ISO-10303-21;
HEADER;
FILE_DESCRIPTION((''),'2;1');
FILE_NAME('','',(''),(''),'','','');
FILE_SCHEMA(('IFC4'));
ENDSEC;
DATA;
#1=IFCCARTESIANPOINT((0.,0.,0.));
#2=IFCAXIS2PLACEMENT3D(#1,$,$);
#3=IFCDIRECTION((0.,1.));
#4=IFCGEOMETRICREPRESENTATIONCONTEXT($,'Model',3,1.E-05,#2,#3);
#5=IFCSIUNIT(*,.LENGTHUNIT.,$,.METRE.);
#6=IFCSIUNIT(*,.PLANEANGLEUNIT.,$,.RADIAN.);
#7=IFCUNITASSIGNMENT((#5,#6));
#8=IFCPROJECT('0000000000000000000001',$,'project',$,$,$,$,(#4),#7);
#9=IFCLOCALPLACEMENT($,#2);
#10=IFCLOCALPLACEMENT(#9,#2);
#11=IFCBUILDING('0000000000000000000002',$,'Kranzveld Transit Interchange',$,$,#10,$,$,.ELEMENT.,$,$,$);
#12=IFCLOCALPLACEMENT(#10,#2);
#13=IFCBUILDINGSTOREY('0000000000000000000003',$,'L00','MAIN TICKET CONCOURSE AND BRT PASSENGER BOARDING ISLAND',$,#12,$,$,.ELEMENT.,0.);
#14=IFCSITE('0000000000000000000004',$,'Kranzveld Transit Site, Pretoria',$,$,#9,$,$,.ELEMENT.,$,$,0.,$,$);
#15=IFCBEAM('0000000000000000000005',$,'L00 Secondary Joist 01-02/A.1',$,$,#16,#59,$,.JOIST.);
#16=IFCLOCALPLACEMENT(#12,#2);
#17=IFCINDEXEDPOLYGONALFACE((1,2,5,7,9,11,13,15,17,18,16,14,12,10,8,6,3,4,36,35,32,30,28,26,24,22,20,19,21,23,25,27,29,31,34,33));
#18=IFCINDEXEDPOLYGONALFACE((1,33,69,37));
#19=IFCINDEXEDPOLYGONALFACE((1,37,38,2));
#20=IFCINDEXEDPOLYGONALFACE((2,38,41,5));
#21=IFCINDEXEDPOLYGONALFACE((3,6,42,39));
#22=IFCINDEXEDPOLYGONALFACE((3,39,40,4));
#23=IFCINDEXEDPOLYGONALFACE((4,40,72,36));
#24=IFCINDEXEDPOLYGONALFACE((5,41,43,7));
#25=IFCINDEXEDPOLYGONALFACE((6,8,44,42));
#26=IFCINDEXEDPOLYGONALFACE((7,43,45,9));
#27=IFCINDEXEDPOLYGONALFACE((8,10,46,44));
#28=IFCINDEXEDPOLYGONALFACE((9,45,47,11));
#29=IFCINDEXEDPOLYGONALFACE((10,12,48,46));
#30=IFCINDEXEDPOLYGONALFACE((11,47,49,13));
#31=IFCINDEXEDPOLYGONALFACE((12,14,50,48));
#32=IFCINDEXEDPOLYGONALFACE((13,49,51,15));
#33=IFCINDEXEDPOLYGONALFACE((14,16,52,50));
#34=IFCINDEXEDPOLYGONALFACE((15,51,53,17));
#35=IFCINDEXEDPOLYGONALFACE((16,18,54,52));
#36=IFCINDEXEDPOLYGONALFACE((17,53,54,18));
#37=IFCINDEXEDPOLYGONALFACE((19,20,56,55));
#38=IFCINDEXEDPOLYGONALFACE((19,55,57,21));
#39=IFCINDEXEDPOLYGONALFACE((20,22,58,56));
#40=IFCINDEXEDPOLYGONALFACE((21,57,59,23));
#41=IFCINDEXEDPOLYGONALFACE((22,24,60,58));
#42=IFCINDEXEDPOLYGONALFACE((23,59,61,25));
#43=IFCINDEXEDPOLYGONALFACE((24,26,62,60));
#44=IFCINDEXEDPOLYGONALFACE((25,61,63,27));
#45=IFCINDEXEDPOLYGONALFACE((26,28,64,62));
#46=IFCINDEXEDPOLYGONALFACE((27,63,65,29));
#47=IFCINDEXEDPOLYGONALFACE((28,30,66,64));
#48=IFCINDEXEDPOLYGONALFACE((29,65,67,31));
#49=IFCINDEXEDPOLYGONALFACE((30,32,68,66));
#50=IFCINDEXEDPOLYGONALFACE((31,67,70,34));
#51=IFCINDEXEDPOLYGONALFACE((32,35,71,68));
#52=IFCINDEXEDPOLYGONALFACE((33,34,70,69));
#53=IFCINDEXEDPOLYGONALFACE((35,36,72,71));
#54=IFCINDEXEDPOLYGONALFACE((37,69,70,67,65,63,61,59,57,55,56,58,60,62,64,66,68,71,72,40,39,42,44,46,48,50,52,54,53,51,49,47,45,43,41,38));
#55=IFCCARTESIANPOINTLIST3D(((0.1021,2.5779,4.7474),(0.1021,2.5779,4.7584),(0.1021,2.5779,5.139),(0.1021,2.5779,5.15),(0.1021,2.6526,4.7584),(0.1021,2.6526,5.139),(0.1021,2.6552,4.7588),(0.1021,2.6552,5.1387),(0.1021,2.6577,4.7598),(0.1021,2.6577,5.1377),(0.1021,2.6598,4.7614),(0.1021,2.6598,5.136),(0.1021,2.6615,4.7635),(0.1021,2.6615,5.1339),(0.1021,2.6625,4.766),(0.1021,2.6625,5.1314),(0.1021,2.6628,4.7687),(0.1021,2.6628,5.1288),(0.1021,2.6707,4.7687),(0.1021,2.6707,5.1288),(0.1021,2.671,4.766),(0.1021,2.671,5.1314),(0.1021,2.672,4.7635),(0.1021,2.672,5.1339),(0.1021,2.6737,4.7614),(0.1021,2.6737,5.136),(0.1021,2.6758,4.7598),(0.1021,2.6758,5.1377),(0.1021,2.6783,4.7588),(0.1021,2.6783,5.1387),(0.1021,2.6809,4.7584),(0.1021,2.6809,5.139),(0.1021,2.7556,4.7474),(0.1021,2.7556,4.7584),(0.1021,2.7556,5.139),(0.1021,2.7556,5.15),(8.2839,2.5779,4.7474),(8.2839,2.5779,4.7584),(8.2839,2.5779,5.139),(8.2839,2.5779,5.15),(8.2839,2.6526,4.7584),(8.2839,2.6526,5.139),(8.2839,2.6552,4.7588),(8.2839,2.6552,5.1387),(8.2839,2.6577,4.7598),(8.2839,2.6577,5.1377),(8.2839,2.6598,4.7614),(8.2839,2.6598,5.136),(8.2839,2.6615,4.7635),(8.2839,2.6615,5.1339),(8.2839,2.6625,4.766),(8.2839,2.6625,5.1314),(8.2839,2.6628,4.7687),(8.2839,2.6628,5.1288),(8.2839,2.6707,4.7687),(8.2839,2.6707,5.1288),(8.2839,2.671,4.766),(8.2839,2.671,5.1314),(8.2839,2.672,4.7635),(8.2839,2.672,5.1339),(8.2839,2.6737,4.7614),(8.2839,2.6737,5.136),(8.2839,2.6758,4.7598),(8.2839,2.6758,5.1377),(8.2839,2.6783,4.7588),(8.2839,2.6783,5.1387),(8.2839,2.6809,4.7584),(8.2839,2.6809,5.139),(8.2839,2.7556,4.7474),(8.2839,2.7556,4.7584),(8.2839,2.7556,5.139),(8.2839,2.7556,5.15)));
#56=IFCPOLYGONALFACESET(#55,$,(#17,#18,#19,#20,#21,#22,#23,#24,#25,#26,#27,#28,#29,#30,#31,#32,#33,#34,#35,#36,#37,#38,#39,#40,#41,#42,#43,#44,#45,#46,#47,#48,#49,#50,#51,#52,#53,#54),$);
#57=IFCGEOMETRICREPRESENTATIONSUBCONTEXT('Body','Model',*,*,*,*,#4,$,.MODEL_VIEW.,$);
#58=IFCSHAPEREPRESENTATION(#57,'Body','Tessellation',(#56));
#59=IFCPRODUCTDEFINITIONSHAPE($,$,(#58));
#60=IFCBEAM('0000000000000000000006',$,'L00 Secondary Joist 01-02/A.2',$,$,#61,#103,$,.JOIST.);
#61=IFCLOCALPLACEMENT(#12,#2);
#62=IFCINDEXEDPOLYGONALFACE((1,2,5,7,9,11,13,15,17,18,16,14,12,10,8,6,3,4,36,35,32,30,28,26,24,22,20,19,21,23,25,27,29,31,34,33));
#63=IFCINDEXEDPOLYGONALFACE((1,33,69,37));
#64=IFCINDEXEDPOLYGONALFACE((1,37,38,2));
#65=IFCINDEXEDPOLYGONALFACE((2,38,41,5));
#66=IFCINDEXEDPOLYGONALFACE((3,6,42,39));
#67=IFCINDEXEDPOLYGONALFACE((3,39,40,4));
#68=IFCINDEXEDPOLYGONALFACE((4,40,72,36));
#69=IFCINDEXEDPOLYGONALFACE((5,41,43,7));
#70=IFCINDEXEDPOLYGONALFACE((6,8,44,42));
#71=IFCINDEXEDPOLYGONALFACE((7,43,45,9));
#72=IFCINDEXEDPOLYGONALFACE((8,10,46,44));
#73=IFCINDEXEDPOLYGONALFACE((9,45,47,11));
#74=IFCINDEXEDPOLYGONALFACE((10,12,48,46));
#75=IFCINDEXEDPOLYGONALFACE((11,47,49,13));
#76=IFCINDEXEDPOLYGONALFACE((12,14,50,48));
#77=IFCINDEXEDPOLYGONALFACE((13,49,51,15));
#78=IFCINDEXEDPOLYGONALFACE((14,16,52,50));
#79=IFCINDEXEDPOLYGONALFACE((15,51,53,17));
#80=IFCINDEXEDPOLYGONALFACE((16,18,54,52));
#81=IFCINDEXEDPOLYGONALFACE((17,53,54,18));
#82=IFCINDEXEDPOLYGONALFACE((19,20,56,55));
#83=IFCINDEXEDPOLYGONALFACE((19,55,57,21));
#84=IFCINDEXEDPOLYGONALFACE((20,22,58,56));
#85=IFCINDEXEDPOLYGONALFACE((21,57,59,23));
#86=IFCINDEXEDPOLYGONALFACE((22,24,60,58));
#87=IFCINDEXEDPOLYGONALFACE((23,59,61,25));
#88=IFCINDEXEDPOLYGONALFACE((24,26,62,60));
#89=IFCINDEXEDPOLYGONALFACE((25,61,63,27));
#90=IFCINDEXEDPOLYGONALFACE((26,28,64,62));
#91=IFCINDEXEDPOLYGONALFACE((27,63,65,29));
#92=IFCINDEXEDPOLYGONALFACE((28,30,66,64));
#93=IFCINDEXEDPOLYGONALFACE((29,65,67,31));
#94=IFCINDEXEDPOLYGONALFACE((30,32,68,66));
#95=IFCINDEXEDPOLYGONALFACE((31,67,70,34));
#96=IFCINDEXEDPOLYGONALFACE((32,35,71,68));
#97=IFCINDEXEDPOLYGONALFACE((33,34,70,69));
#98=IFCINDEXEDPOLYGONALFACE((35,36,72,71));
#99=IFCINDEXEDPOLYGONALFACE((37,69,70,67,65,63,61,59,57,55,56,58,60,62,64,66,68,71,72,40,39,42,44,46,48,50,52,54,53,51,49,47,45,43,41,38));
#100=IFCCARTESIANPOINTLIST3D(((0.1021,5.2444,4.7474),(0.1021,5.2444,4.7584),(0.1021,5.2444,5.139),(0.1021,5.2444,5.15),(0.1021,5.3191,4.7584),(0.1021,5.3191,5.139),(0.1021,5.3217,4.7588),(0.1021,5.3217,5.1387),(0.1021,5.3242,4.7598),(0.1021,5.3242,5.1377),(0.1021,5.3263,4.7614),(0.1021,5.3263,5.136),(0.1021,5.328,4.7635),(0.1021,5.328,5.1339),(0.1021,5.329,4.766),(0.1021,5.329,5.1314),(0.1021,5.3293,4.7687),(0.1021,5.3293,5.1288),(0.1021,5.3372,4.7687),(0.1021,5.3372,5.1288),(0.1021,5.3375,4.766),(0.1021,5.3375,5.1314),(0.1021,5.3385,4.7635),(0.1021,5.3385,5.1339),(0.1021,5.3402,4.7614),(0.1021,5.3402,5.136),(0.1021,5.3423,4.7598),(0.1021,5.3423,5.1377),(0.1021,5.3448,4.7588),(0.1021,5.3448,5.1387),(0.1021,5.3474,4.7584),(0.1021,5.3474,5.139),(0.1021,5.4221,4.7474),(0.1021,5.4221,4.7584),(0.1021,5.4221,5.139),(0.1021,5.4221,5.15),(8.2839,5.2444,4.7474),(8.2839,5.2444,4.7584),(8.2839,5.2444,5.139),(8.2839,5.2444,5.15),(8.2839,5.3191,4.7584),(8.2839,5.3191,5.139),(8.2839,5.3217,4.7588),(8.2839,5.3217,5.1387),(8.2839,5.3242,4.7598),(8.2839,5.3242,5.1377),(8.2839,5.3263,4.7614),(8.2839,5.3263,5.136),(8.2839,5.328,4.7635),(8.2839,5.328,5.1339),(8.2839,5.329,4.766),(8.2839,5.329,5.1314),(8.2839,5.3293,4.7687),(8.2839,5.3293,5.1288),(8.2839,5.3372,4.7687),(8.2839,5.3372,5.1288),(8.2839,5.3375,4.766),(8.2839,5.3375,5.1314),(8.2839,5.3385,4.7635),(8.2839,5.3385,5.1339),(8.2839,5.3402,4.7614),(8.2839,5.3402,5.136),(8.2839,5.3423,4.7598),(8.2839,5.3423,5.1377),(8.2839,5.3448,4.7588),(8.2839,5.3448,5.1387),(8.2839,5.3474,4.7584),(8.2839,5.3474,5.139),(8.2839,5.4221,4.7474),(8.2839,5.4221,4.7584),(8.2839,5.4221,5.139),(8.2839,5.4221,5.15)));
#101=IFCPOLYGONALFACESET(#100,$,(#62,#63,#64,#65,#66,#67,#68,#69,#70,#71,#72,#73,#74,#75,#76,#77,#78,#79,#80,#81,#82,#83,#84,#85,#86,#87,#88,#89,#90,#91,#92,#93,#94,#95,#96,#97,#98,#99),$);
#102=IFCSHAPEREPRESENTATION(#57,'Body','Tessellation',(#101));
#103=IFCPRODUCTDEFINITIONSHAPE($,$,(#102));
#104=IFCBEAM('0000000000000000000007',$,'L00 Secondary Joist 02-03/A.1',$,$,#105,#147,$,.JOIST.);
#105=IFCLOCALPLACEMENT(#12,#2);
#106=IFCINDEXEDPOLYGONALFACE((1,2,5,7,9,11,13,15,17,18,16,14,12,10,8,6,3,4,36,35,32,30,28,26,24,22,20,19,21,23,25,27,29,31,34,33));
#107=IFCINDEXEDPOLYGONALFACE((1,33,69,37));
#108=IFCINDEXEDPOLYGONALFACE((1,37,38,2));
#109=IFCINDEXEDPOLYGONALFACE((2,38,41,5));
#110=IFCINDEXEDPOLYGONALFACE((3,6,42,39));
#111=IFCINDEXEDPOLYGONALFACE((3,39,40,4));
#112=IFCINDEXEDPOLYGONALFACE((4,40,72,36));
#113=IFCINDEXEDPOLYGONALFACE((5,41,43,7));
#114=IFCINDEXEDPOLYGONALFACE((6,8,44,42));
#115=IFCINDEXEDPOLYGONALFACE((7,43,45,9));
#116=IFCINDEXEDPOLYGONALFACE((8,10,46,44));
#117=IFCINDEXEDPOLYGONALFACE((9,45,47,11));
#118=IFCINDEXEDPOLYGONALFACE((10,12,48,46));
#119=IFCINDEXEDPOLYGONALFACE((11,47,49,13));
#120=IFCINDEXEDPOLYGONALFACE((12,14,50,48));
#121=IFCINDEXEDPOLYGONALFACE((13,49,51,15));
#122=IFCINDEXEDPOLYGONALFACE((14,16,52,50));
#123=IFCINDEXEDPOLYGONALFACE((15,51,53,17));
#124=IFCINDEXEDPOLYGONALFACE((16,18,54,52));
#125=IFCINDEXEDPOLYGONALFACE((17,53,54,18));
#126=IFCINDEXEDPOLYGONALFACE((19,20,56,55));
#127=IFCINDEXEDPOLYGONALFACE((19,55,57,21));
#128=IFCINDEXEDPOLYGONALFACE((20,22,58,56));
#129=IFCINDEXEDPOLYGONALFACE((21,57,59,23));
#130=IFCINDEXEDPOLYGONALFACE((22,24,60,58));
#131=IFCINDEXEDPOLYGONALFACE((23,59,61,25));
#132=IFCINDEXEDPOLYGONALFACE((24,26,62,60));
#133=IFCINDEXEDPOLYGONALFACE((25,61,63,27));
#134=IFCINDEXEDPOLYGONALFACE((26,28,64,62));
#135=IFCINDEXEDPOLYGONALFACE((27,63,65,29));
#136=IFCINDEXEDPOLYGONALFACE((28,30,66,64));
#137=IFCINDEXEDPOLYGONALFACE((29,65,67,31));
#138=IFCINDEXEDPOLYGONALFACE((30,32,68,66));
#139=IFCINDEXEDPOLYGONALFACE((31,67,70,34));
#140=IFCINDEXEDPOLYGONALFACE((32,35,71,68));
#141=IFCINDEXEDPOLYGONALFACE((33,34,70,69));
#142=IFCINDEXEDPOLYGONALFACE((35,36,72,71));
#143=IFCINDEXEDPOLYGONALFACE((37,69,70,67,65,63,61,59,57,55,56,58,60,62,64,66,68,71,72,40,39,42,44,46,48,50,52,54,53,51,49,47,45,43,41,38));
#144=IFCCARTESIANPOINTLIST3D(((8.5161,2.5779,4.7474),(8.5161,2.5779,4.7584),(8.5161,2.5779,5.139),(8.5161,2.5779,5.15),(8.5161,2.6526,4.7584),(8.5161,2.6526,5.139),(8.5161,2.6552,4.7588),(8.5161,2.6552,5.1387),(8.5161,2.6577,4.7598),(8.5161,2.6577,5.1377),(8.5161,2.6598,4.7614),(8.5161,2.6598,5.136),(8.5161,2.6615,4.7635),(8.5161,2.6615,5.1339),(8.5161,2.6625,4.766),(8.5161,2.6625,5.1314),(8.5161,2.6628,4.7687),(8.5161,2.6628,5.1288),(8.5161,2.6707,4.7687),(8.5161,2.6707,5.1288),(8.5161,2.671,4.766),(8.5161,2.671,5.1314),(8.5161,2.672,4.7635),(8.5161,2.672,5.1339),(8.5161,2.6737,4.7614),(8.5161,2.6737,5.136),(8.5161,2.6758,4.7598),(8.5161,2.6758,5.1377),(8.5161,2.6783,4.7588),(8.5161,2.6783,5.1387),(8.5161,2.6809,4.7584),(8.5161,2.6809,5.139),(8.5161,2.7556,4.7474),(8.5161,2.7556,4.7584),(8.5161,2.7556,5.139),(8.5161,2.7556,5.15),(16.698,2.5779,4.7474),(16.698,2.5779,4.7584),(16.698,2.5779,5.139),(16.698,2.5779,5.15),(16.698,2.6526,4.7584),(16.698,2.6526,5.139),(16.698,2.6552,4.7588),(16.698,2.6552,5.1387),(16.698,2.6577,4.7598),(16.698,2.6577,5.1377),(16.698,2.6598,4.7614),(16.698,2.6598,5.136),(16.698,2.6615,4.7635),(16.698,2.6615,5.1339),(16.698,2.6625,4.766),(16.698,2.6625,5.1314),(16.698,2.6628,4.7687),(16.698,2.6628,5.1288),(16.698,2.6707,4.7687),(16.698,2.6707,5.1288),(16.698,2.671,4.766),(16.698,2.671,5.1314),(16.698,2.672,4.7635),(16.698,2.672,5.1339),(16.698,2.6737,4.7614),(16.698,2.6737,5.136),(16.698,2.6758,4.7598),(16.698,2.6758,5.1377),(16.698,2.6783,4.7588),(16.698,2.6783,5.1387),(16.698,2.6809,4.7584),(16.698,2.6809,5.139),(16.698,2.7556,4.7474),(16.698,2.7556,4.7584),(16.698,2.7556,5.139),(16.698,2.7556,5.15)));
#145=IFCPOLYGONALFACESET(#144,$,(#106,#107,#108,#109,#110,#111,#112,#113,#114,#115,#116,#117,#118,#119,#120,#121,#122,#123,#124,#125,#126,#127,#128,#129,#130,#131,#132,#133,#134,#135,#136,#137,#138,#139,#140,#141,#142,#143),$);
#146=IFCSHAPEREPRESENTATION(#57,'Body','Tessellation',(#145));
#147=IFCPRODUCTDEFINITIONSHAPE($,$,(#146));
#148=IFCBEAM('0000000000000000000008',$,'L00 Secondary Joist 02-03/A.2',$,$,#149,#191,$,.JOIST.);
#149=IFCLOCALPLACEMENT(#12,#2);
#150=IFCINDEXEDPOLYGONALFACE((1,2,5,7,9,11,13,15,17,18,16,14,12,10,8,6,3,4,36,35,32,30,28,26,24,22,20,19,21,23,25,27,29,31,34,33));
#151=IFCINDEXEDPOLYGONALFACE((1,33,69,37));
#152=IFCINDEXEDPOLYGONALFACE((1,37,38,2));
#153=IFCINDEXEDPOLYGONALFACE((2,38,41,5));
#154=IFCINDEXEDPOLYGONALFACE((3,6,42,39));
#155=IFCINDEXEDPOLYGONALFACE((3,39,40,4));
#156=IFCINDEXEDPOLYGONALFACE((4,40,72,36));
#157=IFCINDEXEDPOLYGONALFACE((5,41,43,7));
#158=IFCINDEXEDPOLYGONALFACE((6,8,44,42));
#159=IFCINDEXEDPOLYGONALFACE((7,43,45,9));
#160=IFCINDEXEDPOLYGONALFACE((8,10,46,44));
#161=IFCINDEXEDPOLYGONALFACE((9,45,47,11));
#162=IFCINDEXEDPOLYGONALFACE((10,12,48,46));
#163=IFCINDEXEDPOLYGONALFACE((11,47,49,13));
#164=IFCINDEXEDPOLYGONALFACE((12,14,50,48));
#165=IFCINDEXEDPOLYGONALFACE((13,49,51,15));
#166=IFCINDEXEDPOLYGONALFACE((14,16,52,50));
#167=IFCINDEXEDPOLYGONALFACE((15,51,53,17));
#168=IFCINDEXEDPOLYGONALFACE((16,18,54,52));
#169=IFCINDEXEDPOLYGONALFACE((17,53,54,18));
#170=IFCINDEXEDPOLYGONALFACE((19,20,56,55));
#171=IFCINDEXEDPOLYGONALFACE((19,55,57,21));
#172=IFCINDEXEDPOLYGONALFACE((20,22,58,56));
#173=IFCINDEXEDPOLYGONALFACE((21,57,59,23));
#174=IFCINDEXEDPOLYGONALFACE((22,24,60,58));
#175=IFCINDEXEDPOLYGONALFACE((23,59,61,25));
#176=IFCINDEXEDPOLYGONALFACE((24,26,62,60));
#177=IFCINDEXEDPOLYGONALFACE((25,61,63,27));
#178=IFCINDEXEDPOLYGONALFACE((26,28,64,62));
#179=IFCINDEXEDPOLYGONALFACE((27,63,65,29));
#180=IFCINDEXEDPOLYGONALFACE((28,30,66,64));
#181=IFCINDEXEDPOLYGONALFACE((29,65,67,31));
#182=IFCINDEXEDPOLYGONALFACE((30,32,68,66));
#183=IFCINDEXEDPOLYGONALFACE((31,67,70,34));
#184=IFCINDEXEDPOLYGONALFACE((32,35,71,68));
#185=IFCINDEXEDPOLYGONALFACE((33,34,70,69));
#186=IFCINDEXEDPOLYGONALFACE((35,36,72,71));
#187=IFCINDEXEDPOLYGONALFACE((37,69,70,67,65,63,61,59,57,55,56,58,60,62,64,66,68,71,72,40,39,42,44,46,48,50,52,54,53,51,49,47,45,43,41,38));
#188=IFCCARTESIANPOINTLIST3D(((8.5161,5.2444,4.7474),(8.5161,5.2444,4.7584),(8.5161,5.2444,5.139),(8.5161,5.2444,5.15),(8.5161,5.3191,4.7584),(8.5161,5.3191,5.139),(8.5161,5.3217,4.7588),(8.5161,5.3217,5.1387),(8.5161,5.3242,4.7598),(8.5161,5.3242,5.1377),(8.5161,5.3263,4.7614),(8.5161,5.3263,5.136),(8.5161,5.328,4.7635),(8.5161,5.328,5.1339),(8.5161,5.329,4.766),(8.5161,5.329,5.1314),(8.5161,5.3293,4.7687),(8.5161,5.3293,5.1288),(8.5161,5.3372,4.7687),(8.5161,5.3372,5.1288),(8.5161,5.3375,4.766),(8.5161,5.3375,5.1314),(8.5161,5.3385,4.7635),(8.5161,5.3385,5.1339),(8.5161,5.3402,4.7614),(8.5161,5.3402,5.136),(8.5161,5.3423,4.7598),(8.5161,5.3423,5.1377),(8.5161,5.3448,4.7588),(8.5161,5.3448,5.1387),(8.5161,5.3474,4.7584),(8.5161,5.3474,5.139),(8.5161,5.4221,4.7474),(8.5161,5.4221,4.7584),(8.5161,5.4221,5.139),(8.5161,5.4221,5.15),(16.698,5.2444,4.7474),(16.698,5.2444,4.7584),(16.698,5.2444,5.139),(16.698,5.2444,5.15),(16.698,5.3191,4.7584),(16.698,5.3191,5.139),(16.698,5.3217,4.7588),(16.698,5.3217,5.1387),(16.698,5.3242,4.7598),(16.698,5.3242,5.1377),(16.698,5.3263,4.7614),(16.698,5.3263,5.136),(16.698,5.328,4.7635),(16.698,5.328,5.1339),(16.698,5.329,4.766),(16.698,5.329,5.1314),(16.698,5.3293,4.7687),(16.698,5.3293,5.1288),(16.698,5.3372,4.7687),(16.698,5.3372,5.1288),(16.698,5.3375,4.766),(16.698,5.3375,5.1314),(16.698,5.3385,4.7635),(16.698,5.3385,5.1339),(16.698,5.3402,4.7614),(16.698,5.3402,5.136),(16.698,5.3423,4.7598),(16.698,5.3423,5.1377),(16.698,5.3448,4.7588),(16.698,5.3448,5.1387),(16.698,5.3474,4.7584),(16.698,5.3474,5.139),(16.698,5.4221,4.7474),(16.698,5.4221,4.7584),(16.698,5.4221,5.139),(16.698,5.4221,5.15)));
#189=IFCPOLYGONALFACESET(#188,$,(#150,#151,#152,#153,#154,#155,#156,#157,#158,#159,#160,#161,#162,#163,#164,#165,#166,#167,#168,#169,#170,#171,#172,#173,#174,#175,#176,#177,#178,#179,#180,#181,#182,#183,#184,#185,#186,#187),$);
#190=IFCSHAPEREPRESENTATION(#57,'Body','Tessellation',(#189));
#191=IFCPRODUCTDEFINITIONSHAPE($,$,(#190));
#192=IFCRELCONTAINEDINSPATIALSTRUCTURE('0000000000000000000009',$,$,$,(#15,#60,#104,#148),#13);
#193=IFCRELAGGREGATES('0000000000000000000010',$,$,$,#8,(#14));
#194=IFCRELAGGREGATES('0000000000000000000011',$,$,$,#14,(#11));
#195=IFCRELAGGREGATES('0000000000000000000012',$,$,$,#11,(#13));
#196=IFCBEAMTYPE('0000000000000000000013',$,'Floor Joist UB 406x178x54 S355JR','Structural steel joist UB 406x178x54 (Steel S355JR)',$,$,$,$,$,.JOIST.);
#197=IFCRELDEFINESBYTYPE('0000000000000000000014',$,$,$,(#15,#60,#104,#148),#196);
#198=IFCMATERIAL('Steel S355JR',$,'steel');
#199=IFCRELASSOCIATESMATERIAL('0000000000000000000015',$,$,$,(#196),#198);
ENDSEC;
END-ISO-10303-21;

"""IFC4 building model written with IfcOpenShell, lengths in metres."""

from ifc_helpers import new_model, si_unit, direction, frame, origin, origin_2d, place, context, subcontext, project, spatial, i_section, extrude, material, material_profile, profile_set, type_object, element, save


model = new_model("IFC4")

# Units and contexts
model_context = context("Model", 3, precision=1e-05, world=origin(), true_north=direction((0.0, 1.0)))
body_context = subcontext(model_context, "Body", "Model", "MODEL_VIEW")
ifc_project = project(units=[si_unit("LENGTHUNIT", "METRE"), si_unit("PLANEANGLEUNIT", "RADIAN")], contexts=[model_context])

# Site, building, storey
site_placement = place(None, origin())
site = spatial("IfcSite", under=ifc_project, at=site_placement, Name="Kranzveld Transit Site, Pretoria", CompositionType="ELEMENT", RefElevation=0.0)
building_placement = place(site_placement, origin())
building = spatial("IfcBuilding", under=site, at=building_placement, Name="Kranzveld Transit Interchange", CompositionType="ELEMENT")
storey_placement = place(building_placement, origin())
storey = spatial("IfcBuildingStorey", under=building, at=storey_placement, Name="L00", Description="MAIN TICKET CONCOURSE AND BRT PASSENGER BOARDING ISLAND", CompositionType="ELEMENT", Elevation=0.0)

# Beams
ifc_material_1 = material(Name="Steel S355JR", Category="steel")
ifc_material_profile_1 = material_profile(ifc_material_1, i_section(OverallWidth=0.1777, OverallDepth=0.4026, WebThickness=0.0078, FlangeThickness=0.011, FilletRadius=0.0103, at=origin_2d()), Name="UB 406x178x54")
ifc_profile_set_1 = profile_set([ifc_material_profile_1], Name="Steel S355JR")
beam_type_1 = type_object("IfcBeamType", Name="Floor Joist UB 406x178x54 S355JR", Description="Structural steel joist UB 406x178x54 (Steel S355JR)", PredefinedType="JOIST", material=ifc_profile_set_1)
for number, where, z_axis, x_axis, name in (
    (1, (0.1021, 2.6667, 4.9487), (1.0, 0.0, 0.0), (0.0, 1.0, 0.0), "L00 Secondary Joist 01-02/A.1"),
    (2, (0.1021, 5.3333, 4.9487), (1.0, 0.0, 0.0), (0.0, 1.0, 0.0), "L00 Secondary Joist 01-02/A.2"),
    (3, (8.5161, 2.6667, 4.9487), (1.0, 0.0, 0.0), (0.0, 1.0, 0.0), "L00 Secondary Joist 02-03/A.1"),
    (4, (8.5161, 5.3333, 4.9487), (1.0, 0.0, 0.0), (0.0, 1.0, 0.0), "L00 Secondary Joist 02-03/A.2"),
):
    element("IfcBeam", number, at=place(storey_placement, frame(where, z_axis=z_axis, x_axis=x_axis)), inside=storey, type_object=beam_type_1, Name=name, PredefinedType="JOIST", context=body_context, shape_type="SweptSolid", body=[
        extrude(i_section(OverallWidth=0.1777, OverallDepth=0.4026, WebThickness=0.0078, FlangeThickness=0.011, FilletRadius=0.0103, at=origin_2d()), origin(), (0.0, 0.0, 1.0), 8.1819),
    ])

save(model, "model.ifc")
